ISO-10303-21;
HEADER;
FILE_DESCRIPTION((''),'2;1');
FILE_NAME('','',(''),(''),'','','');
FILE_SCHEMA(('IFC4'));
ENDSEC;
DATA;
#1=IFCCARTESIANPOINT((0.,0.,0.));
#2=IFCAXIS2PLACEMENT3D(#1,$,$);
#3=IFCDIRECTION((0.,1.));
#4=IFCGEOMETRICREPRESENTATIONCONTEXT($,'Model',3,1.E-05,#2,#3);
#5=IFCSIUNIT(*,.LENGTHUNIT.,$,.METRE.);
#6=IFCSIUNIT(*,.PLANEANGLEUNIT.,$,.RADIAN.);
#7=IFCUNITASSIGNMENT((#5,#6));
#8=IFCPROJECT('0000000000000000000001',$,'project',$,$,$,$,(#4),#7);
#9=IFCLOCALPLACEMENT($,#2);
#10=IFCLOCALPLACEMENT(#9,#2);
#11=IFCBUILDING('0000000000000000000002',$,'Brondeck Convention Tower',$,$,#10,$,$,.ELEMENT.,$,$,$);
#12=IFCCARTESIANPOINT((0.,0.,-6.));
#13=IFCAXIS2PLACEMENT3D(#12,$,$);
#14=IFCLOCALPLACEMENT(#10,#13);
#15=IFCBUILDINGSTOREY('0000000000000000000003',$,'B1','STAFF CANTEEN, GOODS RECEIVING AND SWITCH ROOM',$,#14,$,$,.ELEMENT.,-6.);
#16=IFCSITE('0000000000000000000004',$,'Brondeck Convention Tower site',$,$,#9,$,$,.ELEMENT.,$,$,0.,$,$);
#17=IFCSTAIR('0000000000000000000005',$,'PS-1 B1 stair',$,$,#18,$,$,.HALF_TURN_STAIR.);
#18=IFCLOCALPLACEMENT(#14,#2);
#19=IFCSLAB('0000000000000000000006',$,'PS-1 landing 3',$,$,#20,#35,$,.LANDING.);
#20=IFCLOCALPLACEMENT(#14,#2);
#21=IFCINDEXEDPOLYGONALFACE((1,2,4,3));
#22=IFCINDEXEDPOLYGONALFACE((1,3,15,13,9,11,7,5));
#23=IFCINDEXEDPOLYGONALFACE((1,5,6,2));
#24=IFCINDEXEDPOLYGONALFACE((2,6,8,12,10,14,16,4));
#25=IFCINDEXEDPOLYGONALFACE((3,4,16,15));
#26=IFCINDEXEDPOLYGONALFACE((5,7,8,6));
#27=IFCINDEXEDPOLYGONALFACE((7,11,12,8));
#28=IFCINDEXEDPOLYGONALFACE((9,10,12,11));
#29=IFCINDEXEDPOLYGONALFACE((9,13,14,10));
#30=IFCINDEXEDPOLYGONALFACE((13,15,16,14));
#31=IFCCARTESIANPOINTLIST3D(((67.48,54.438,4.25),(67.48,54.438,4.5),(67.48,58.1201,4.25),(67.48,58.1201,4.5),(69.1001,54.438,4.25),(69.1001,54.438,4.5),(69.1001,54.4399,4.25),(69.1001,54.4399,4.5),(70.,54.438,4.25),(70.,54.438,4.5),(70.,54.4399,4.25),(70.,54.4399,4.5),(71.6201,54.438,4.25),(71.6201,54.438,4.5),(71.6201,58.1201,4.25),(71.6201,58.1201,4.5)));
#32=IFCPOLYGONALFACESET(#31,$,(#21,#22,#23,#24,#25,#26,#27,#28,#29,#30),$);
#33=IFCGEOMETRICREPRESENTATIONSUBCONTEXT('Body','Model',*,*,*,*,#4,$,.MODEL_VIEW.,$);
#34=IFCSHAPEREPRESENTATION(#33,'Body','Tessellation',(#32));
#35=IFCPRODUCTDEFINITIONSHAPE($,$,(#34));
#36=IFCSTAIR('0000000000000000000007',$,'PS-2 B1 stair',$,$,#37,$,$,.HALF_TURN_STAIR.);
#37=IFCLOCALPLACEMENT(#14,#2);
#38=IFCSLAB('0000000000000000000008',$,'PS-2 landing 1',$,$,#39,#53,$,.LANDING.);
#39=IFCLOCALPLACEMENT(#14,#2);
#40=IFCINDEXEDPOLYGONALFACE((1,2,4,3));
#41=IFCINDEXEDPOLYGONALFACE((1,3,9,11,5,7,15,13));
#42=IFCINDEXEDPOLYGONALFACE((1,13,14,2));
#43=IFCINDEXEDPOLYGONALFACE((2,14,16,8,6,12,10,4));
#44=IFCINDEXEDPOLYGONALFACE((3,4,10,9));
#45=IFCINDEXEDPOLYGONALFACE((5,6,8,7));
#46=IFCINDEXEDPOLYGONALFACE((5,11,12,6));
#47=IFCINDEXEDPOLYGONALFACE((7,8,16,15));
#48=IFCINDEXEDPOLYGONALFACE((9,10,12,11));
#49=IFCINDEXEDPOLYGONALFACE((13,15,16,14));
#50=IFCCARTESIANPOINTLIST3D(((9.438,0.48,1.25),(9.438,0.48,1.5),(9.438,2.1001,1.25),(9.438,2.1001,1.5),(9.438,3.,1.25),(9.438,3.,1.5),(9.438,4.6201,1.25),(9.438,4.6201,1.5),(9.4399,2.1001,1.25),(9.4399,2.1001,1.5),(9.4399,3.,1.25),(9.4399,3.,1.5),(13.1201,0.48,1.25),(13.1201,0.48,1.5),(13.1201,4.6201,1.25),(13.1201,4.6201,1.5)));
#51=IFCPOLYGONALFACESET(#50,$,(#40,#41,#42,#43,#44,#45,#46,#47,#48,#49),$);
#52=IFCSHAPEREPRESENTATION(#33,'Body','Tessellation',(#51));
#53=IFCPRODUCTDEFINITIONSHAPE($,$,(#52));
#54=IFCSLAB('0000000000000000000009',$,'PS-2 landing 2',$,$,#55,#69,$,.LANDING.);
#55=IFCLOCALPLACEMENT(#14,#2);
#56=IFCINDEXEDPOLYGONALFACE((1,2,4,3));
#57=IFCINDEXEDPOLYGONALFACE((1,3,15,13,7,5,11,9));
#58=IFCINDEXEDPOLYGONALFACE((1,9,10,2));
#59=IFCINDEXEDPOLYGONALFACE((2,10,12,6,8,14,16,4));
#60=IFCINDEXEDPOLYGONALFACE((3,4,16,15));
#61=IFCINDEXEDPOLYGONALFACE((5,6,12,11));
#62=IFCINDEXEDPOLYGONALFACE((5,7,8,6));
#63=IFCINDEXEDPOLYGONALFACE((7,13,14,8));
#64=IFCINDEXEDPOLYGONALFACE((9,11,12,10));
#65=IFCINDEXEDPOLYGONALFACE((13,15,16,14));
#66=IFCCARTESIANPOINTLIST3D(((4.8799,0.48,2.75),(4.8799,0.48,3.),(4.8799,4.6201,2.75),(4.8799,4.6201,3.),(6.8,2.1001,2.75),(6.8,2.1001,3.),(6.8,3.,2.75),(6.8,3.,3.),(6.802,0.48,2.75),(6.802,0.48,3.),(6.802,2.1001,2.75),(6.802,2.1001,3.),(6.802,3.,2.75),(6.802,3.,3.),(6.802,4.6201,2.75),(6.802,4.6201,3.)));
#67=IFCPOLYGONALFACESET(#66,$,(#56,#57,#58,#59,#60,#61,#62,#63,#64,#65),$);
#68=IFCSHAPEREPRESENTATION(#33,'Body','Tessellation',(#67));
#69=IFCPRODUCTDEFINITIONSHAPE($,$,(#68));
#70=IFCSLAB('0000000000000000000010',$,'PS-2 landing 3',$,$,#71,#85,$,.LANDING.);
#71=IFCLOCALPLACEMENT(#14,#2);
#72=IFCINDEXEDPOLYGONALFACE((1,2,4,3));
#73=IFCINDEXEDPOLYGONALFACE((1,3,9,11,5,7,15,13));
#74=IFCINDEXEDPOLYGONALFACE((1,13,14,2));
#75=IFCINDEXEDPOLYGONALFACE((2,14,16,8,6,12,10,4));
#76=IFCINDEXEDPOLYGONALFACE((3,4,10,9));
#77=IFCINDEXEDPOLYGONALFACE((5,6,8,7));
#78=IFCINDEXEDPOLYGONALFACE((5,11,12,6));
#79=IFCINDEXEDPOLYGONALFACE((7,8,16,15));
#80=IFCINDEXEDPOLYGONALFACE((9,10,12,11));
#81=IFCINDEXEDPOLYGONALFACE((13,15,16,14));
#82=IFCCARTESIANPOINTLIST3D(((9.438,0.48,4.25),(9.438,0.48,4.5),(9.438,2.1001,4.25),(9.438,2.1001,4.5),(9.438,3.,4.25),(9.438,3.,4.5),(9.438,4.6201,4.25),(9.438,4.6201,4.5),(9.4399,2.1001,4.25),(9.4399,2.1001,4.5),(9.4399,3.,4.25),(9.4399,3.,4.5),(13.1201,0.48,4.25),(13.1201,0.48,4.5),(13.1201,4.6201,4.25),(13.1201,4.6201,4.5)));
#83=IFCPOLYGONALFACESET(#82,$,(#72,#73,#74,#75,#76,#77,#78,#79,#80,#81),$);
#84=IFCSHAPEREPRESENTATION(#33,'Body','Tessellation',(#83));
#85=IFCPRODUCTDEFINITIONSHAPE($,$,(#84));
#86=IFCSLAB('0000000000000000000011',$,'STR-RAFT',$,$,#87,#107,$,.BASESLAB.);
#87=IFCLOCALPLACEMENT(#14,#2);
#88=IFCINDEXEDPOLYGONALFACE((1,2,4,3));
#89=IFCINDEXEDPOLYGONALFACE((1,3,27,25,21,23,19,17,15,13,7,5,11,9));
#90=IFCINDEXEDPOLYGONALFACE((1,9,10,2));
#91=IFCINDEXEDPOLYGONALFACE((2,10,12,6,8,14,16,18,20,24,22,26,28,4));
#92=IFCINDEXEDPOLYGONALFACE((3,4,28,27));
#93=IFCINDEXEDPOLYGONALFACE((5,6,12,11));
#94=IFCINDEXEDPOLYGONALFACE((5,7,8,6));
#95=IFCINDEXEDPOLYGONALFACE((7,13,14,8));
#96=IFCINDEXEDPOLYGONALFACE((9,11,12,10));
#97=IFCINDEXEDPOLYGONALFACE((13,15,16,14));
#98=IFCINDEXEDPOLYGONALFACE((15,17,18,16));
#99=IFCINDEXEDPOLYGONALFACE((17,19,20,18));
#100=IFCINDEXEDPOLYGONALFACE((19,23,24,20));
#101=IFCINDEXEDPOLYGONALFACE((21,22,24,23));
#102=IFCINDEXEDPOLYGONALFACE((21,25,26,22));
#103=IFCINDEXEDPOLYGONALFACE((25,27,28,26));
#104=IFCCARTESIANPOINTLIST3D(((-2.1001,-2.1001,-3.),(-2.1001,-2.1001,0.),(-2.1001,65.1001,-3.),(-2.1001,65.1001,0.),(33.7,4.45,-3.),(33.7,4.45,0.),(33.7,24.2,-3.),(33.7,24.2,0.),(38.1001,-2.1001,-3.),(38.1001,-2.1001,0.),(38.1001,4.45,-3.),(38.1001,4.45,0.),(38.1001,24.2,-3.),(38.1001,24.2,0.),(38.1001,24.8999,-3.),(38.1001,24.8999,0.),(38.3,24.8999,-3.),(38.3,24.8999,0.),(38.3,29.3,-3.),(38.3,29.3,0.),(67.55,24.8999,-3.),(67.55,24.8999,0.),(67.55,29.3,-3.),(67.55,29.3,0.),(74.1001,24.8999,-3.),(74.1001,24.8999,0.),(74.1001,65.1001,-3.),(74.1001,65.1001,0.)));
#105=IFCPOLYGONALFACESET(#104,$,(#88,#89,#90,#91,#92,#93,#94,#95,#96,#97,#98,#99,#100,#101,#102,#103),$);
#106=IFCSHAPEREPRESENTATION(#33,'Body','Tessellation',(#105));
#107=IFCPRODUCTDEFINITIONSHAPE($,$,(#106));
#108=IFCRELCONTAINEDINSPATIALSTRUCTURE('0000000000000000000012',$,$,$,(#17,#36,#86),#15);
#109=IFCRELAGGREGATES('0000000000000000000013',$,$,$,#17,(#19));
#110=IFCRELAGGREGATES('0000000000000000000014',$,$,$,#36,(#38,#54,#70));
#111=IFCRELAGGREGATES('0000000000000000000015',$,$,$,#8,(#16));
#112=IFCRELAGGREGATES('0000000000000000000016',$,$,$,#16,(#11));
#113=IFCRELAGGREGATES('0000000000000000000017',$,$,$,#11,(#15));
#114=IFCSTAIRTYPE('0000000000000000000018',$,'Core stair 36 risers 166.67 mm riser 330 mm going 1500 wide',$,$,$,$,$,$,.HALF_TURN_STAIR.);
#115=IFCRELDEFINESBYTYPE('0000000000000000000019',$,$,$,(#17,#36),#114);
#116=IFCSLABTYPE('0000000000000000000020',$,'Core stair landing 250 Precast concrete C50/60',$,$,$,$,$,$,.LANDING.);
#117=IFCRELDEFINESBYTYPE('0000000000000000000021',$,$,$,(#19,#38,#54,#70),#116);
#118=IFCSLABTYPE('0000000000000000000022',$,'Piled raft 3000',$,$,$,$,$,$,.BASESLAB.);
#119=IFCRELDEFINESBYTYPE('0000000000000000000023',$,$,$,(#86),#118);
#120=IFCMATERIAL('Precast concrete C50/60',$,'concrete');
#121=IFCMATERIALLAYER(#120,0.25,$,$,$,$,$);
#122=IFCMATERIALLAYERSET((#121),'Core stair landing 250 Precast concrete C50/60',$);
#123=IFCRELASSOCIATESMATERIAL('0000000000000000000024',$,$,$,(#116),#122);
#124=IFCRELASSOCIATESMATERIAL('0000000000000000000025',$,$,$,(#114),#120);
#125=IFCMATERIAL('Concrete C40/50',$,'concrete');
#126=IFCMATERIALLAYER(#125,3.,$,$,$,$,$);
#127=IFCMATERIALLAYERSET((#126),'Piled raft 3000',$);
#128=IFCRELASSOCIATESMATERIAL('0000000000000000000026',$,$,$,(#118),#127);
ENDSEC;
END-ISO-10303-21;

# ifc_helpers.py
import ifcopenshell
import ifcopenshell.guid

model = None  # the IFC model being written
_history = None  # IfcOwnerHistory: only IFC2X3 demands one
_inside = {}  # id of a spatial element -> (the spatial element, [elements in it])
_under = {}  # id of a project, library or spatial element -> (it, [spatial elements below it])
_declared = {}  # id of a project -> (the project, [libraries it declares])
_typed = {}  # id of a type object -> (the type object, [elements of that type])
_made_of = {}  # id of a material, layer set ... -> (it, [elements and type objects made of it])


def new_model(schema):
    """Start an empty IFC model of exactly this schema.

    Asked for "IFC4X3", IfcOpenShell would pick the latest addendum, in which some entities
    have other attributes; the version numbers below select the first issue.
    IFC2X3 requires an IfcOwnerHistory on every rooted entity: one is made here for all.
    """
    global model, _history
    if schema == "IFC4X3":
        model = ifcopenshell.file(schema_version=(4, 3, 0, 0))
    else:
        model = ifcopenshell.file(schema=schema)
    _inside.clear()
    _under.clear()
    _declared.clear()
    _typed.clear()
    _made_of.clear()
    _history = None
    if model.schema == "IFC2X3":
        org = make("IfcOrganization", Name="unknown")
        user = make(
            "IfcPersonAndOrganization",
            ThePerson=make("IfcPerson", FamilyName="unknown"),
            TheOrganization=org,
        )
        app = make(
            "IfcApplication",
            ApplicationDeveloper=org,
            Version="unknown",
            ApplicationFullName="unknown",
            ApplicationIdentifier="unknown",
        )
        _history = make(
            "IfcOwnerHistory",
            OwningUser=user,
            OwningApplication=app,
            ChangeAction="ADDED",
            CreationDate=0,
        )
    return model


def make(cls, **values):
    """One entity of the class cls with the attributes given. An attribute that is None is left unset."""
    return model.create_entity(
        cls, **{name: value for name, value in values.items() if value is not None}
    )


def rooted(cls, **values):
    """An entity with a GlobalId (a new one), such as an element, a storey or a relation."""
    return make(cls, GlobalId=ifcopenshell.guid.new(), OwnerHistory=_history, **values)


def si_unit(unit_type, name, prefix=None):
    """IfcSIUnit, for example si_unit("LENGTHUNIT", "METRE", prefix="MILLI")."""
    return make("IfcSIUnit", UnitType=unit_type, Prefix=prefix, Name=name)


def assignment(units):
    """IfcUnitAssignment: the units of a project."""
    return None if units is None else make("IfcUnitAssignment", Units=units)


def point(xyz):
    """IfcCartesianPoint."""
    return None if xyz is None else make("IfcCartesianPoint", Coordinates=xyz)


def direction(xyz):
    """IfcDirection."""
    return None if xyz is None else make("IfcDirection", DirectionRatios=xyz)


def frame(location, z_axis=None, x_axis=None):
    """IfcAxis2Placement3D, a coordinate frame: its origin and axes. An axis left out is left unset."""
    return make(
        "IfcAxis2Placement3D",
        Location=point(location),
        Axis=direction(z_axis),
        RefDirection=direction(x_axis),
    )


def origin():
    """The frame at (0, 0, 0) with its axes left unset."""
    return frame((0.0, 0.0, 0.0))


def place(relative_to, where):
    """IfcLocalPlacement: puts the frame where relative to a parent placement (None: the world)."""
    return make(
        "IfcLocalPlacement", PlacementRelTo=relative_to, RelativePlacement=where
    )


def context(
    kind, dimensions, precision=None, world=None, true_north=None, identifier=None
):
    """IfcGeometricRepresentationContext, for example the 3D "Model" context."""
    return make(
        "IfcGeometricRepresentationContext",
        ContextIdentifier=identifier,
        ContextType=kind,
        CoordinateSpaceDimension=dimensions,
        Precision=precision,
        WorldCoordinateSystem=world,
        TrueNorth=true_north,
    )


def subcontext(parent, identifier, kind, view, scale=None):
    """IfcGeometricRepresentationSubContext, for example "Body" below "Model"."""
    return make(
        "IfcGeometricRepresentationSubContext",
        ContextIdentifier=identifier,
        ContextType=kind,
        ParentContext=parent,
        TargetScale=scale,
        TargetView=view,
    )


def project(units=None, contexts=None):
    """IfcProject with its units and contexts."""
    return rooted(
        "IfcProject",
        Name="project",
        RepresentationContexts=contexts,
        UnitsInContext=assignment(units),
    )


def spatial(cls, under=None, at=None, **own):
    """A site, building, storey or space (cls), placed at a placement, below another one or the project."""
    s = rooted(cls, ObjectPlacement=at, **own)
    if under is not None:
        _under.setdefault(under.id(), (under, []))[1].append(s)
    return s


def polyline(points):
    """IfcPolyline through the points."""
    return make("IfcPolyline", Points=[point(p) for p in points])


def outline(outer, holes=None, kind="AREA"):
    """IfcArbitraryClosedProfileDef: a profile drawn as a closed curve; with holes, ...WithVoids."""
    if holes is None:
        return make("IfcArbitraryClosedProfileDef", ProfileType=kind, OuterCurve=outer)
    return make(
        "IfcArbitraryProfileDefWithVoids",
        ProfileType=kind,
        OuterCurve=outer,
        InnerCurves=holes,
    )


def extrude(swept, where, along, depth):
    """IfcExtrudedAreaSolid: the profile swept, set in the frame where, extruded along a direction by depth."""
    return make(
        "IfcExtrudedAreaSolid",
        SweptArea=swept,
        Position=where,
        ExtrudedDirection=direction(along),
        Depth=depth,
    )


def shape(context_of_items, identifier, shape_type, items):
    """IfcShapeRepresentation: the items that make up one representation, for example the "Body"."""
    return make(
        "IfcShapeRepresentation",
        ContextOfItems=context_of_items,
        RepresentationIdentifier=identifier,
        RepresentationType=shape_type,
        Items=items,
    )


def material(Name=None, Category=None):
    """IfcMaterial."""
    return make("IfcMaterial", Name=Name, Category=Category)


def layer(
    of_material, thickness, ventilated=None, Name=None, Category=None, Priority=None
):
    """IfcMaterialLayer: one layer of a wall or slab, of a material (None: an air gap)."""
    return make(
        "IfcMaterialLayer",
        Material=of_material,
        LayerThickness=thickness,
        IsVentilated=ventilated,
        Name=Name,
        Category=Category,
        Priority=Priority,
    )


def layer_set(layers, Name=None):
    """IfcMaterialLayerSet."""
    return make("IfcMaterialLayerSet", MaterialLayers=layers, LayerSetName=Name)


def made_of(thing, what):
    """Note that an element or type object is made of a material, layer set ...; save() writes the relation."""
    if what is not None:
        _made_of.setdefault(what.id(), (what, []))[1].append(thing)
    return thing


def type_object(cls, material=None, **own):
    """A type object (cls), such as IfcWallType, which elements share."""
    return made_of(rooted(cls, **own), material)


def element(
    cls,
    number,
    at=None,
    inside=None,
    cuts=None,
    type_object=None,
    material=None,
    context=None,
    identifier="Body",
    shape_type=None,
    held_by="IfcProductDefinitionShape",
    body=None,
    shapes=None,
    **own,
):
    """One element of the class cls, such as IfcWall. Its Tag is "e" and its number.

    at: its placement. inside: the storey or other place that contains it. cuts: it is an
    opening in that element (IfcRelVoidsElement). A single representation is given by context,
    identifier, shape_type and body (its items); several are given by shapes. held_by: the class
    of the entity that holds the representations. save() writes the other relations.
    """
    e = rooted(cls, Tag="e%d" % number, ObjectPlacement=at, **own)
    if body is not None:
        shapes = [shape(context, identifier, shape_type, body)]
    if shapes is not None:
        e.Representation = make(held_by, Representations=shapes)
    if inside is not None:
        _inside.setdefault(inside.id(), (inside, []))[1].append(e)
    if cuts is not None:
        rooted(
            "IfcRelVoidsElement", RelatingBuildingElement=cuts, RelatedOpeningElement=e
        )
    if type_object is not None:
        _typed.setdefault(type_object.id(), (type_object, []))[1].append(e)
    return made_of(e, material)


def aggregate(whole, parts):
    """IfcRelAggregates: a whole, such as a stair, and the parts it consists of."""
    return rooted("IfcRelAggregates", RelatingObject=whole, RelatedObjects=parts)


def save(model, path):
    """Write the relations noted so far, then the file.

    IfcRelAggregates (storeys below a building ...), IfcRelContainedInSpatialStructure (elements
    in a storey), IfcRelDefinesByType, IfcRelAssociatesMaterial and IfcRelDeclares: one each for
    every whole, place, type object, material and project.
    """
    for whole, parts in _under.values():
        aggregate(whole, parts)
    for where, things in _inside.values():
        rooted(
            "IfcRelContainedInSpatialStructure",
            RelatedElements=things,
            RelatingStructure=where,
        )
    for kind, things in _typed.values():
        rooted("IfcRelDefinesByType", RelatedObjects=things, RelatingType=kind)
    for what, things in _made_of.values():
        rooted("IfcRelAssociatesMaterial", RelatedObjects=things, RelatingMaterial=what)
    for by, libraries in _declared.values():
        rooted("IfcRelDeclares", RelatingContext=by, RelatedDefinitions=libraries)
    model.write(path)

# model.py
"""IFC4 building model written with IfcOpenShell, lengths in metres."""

from ifc_helpers import new_model, si_unit, direction, frame, origin, place, context, subcontext, project, spatial, polyline, outline, extrude, material, layer, layer_set, type_object, element, aggregate, save


model = new_model("IFC4")

# Units and contexts
model_context = context("Model", 3, precision=1e-05, world=origin(), true_north=direction((0.0, 1.0)))
body_context = subcontext(model_context, "Body", "Model", "MODEL_VIEW")
ifc_project = project(units=[si_unit("LENGTHUNIT", "METRE"), si_unit("PLANEANGLEUNIT", "RADIAN")], contexts=[model_context])

# Site, building, storey
site_placement = place(None, origin())
site = spatial("IfcSite", under=ifc_project, at=site_placement, Name="Brondeck Convention Tower site", CompositionType="ELEMENT", RefElevation=0.0)
building_placement = place(site_placement, origin())
building = spatial("IfcBuilding", under=site, at=building_placement, Name="Brondeck Convention Tower", CompositionType="ELEMENT")
storey_placement = place(building_placement, frame((0.0, 0.0, -6.0)))
storey = spatial("IfcBuildingStorey", under=building, at=storey_placement, Name="B1", Description="STAFF CANTEEN, GOODS RECEIVING AND SWITCH ROOM", CompositionType="ELEMENT", Elevation=-6.0)

# Shared definitions
ifc_material_1 = material(Name="Concrete C40/50", Category="concrete")

# Stairs, slabs
ifc_material_2 = material(Name="Precast concrete C50/60", Category="concrete")
ifc_layer_1 = layer(ifc_material_2, 0.25)
ifc_layer_set_1 = layer_set([ifc_layer_1], Name="Core stair landing 250 Precast concrete C50/60")
slab_type_1 = type_object("IfcSlabType", Name="Core stair landing 250 Precast concrete C50/60", PredefinedType="LANDING", material=ifc_layer_set_1)
stair_type_1 = type_object("IfcStairType", Name="Core stair 36 risers 166.67 mm riser 330 mm going 1500 wide", PredefinedType="HALF_TURN_STAIR", material=ifc_material_2)
stair_1_placement = place(storey_placement, origin())
stair_1 = element("IfcStair", 1, at=stair_1_placement, inside=storey, type_object=stair_type_1, Name="PS-1 B1 stair", PredefinedType="HALF_TURN_STAIR")
slab_1_placement = place(storey_placement, frame((0.0, 0.0, 4.25)))
slab_1 = element("IfcSlab", 2, at=slab_1_placement, type_object=slab_type_1, Name="PS-1 landing 3", PredefinedType="LANDING", context=body_context, shape_type="SweptSolid", body=[
    extrude(outline(polyline([(69.1001, 54.438), (67.48, 54.438), (67.48, 58.1201), (71.6201, 58.1201), (71.6201, 54.438), (70.0, 54.438), (70.0, 54.4399), (69.1001, 54.4399), (69.1001, 54.438)])), origin(), (0.0, 0.0, 1.0), 0.25),
])
aggregate(stair_1, [slab_1])
stair_2_placement = place(storey_placement, origin())
stair_2 = element("IfcStair", 3, at=stair_2_placement, inside=storey, type_object=stair_type_1, Name="PS-2 B1 stair", PredefinedType="HALF_TURN_STAIR")
slab_2_placement = place(storey_placement, frame((0.0, 0.0, 1.25)))
slab_2 = element("IfcSlab", 4, at=slab_2_placement, type_object=slab_type_1, Name="PS-2 landing 1", PredefinedType="LANDING", context=body_context, shape_type="SweptSolid", body=[
    extrude(outline(polyline([(9.438, 0.48), (9.438, 2.1001), (9.4399, 2.1001), (9.4399, 3.0), (9.438, 3.0), (9.438, 4.6201), (13.1201, 4.6201), (13.1201, 0.48), (9.438, 0.48)])), origin(), (0.0, 0.0, 1.0), 0.25),
])
slab_3_placement = place(storey_placement, frame((0.0, 0.0, 2.75)))
slab_3 = element("IfcSlab", 5, at=slab_3_placement, type_object=slab_type_1, Name="PS-2 landing 2", PredefinedType="LANDING", context=body_context, shape_type="SweptSolid", body=[
    extrude(outline(polyline([(4.8799, 0.48), (4.8799, 4.6201), (6.802, 4.6201), (6.802, 3.0), (6.8, 3.0), (6.8, 2.1001), (6.802, 2.1001), (6.802, 0.48), (4.8799, 0.48)])), origin(), (0.0, 0.0, 1.0), 0.25),
])
slab_4_placement = place(storey_placement, frame((0.0, 0.0, 4.25)))
slab_4 = element("IfcSlab", 6, at=slab_4_placement, type_object=slab_type_1, Name="PS-2 landing 3", PredefinedType="LANDING", context=body_context, shape_type="SweptSolid", body=[
    extrude(outline(polyline([(9.438, 0.48), (9.438, 2.1001), (9.4399, 2.1001), (9.4399, 3.0), (9.438, 3.0), (9.438, 4.6201), (13.1201, 4.6201), (13.1201, 0.48), (9.438, 0.48)])), origin(), (0.0, 0.0, 1.0), 0.25),
])
aggregate(stair_2, [slab_2, slab_3, slab_4])

# Slab
ifc_layer_2 = layer(ifc_material_1, 3.0)
ifc_layer_set_2 = layer_set([ifc_layer_2], Name="Piled raft 3000")
slab_type_2 = type_object("IfcSlabType", Name="Piled raft 3000", PredefinedType="BASESLAB", material=ifc_layer_set_2)
slab_5_placement = place(storey_placement, frame((0.0, 0.0, -3.0)))
element("IfcSlab", 7, at=slab_5_placement, inside=storey, type_object=slab_type_2, Name="STR-RAFT", PredefinedType="BASESLAB", context=body_context, shape_type="SweptSolid", body=[
    extrude(outline(polyline([(-2.1001, 65.1001), (74.1001, 65.1001), (74.1001, 24.8999), (67.55, 24.8999), (67.55, 29.3), (38.3, 29.3), (38.3, 24.8999), (38.1001, 24.8999), (38.1001, 24.2), (33.7, 24.2), (33.7, 4.45), (38.1001, 4.45), (38.1001, -2.1001), (-2.1001, -2.1001), (-2.1001, 65.1001)])), origin(), (0.0, 0.0, 1.0), 3.0),
])

save(model, "model.ifc")
